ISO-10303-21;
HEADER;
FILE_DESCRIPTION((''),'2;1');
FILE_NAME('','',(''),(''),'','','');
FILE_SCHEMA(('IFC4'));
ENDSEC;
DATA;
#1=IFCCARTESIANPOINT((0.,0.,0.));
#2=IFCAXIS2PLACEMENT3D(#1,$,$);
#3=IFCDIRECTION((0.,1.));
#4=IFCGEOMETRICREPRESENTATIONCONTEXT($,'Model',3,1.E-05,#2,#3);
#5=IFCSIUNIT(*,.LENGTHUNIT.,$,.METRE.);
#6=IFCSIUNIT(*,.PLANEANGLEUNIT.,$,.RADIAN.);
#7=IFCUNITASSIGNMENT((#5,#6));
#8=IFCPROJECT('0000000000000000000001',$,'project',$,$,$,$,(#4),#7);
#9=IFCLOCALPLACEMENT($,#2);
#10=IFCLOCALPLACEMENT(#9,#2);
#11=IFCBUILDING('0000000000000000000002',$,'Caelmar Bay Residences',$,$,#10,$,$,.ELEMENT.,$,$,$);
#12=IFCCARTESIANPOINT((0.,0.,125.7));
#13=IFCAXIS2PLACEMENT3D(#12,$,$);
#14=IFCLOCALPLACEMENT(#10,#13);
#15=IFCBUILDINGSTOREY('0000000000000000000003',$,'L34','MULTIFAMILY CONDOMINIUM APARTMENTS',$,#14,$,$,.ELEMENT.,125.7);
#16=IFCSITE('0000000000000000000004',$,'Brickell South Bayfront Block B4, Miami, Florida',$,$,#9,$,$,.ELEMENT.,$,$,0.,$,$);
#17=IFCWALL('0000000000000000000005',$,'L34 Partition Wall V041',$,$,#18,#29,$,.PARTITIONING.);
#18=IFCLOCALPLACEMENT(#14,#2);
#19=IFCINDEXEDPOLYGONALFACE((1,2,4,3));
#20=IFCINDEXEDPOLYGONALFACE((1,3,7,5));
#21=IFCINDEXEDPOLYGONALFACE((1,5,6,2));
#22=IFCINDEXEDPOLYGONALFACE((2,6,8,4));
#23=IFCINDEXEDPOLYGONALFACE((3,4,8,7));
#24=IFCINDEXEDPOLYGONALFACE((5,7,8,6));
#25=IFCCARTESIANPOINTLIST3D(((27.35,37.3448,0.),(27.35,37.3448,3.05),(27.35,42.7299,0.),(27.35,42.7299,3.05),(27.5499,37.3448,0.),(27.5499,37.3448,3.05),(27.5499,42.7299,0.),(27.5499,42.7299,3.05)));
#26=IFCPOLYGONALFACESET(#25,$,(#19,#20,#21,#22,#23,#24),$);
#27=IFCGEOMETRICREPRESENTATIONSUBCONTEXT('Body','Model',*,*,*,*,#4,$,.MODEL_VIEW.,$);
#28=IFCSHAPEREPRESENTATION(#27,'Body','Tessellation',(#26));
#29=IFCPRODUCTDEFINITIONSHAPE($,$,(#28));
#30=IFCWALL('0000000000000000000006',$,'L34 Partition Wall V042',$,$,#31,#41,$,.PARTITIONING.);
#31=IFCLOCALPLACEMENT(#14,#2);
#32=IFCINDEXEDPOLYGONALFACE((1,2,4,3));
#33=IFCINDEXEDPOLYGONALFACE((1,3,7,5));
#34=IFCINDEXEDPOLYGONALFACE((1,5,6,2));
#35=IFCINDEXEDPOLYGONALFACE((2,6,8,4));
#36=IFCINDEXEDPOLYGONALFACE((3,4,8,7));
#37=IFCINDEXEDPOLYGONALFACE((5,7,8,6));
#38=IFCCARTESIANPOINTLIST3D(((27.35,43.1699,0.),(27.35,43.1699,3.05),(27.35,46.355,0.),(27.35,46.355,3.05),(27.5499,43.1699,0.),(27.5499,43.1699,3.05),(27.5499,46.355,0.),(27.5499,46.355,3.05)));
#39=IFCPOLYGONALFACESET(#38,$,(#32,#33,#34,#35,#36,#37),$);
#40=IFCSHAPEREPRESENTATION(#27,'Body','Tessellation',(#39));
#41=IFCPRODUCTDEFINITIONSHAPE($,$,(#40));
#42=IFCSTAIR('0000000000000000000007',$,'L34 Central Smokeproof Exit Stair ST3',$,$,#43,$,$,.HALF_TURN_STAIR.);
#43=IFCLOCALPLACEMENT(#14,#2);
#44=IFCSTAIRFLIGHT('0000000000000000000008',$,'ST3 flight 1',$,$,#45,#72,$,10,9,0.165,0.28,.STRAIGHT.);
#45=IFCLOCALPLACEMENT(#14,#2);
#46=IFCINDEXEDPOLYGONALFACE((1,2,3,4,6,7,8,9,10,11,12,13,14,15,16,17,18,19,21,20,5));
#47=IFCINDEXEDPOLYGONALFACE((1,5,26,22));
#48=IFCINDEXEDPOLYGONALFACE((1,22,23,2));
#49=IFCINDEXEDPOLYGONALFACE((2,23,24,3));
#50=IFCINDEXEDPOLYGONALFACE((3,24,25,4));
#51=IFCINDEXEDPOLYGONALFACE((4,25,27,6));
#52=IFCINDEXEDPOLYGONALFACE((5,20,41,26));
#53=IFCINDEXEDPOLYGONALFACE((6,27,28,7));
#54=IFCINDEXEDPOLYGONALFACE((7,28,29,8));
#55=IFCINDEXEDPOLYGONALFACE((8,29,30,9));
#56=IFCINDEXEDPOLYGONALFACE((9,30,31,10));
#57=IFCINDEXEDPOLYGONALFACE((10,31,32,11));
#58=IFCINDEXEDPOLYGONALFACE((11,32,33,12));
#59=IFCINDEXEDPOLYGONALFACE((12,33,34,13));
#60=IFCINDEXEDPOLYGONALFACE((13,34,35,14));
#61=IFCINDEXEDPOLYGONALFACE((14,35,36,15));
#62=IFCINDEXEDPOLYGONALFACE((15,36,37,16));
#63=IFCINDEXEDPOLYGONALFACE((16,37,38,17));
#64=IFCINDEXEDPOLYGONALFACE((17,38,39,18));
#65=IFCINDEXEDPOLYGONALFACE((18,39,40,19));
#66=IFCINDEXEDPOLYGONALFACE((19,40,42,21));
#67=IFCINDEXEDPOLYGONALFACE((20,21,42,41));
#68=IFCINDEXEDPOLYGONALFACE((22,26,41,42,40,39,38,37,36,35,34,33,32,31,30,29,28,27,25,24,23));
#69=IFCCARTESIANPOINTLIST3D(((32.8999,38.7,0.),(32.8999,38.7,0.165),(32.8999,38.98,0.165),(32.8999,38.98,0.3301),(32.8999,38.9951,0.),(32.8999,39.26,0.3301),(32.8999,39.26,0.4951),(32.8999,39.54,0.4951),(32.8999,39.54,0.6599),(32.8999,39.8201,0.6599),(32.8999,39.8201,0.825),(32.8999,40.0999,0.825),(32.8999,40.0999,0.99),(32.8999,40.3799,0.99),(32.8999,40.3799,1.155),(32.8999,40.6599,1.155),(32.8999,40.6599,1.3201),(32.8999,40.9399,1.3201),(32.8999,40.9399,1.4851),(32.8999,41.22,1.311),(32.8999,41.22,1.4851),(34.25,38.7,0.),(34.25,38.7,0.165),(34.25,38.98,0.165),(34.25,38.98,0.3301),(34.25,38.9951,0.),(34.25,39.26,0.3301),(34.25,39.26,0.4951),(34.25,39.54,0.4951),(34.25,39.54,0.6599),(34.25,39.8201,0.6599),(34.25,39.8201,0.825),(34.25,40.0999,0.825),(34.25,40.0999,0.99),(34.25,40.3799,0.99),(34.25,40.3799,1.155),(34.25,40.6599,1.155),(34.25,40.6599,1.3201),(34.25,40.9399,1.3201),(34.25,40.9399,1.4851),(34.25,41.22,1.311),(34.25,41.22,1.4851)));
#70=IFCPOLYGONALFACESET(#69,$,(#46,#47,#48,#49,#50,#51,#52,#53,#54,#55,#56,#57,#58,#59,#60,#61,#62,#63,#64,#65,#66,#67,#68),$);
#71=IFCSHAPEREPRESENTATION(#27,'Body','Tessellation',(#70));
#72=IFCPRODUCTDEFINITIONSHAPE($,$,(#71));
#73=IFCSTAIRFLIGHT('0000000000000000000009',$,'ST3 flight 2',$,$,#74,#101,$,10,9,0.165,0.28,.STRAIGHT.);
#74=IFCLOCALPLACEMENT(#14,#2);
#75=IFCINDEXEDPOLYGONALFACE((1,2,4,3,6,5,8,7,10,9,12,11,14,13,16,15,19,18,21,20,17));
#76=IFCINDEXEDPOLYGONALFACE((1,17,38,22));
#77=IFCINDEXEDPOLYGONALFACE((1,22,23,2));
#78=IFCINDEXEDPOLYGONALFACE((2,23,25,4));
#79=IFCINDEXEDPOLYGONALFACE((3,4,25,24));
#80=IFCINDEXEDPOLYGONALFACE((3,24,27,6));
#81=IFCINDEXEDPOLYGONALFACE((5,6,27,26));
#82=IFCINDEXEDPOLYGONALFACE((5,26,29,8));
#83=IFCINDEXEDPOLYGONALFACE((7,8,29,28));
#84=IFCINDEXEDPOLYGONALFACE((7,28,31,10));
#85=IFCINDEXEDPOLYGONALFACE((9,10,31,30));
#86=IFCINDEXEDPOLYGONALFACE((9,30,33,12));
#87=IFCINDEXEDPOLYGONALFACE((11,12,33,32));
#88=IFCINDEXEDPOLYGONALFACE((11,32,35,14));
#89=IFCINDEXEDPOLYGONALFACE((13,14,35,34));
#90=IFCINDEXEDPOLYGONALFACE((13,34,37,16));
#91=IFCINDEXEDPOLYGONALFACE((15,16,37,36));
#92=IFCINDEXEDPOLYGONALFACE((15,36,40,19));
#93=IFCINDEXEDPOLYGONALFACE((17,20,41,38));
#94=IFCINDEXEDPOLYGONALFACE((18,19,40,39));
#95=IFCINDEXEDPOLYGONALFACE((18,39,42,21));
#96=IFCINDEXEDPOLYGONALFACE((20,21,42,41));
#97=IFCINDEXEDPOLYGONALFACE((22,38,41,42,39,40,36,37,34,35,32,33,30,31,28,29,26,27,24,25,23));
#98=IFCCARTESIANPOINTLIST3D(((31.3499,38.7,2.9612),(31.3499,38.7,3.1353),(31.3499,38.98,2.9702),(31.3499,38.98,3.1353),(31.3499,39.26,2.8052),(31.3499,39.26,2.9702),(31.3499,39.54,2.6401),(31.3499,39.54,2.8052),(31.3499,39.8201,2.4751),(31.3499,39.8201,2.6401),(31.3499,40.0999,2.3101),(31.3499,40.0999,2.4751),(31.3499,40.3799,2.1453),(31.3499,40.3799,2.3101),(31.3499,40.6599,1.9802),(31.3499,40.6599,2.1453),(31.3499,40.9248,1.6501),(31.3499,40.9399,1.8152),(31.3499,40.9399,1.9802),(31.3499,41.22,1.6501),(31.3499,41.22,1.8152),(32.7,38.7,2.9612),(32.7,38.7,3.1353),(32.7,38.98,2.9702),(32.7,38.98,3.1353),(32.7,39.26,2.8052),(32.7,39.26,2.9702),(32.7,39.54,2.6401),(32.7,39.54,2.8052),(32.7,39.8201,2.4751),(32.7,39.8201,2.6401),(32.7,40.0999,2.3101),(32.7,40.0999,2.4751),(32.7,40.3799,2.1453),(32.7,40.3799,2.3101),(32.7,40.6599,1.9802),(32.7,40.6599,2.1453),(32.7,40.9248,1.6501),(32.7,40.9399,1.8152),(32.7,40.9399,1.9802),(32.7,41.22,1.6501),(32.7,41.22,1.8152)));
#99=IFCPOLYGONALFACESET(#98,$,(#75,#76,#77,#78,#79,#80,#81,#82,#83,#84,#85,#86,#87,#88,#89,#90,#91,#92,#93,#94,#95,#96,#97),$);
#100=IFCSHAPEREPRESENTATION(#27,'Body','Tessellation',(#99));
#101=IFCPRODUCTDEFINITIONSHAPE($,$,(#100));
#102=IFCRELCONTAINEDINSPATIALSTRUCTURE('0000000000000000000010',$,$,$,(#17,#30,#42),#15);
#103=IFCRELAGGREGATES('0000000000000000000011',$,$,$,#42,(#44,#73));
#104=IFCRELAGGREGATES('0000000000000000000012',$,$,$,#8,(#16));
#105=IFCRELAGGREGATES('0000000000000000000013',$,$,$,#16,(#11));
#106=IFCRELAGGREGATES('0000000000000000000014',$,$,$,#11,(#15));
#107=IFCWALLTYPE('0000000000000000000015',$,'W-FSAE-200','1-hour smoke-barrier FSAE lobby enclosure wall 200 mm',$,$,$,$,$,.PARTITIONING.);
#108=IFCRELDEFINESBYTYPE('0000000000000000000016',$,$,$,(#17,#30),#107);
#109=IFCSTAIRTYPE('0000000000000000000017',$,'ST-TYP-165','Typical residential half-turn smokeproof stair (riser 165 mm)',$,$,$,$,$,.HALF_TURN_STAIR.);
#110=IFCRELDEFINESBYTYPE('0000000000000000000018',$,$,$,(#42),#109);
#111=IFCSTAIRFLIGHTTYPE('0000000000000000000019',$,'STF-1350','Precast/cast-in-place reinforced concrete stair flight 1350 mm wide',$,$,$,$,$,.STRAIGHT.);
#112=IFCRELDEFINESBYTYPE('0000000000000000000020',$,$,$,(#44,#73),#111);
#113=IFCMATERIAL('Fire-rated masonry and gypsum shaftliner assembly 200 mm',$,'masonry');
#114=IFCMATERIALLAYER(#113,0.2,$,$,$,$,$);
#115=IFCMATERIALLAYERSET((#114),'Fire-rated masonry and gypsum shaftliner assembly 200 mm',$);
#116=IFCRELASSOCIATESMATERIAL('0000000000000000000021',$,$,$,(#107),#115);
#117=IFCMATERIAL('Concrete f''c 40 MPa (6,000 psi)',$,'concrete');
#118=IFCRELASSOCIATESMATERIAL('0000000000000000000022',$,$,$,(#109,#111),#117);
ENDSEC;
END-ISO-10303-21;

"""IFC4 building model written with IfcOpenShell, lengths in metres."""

from ifc_helpers import new_model, si_unit, direction, frame, frame_2d, origin, place, context, subcontext, project, spatial, polyline, rectangle, outline, extrude, material, layer, layer_set, type_object, element, aggregate, save


model = new_model("IFC4")

# Units and contexts
model_context = context("Model", 3, precision=1e-05, world=origin(), true_north=direction((0.0, 1.0)))
body_context = subcontext(model_context, "Body", "Model", "MODEL_VIEW")
ifc_project = project(units=[si_unit("LENGTHUNIT", "METRE"), si_unit("PLANEANGLEUNIT", "RADIAN")], contexts=[model_context])

# Site, building, storey
site_placement = place(None, origin())
site = spatial("IfcSite", under=ifc_project, at=site_placement, Name="Brickell South Bayfront Block B4, Miami, Florida", CompositionType="ELEMENT", RefElevation=0.0)
building_placement = place(site_placement, origin())
building = spatial("IfcBuilding", under=site, at=building_placement, Name="Caelmar Bay Residences", CompositionType="ELEMENT")
storey_placement = place(building_placement, frame((0.0, 0.0, 125.7)))
storey = spatial("IfcBuildingStorey", under=building, at=storey_placement, Name="L34", Description="MULTIFAMILY CONDOMINIUM APARTMENTS", CompositionType="ELEMENT", Elevation=125.7)

# Walls
ifc_material_1 = material(Name="Fire-rated masonry and gypsum shaftliner assembly 200 mm", Category="masonry")
ifc_layer_1 = layer(ifc_material_1, 0.2)
ifc_layer_set_1 = layer_set([ifc_layer_1], Name="Fire-rated masonry and gypsum shaftliner assembly 200 mm")
wall_type_1 = type_object("IfcWallType", Name="W-FSAE-200", Description="1-hour smoke-barrier FSAE lobby enclosure wall 200 mm", PredefinedType="PARTITIONING", material=ifc_layer_set_1)
wall_1_placement = place(storey_placement, frame((27.45, 37.345, 0.0), z_axis=(0.0, 0.0, 1.0), x_axis=(0.0, 1.0, 0.0)))
element("IfcWall", 1, at=wall_1_placement, inside=storey, type_object=wall_type_1, Name="L34 Partition Wall V041", PredefinedType="PARTITIONING", context=body_context, shape_type="SweptSolid", body=[
    extrude(rectangle(XDim=5.385, YDim=0.2, at=frame_2d((2.6924, 0.0))), origin(), (0.0, 0.0, 1.0), 3.05),
])
wall_2_placement = place(storey_placement, frame((27.45, 43.1699, 0.0), z_axis=(0.0, 0.0, 1.0), x_axis=(0.0, 1.0, 0.0)))
element("IfcWall", 2, at=wall_2_placement, inside=storey, type_object=wall_type_1, Name="L34 Partition Wall V042", PredefinedType="PARTITIONING", context=body_context, shape_type="SweptSolid", body=[
    extrude(rectangle(XDim=3.1851, YDim=0.2, at=frame_2d((1.5925, 0.0))), origin(), (0.0, 0.0, 1.0), 3.05),
])

# Stair, stair flights
ifc_material_2 = material(Name="Concrete f'c 40 MPa (6,000 psi)", Category="concrete")
stair_type = type_object("IfcStairType", Name="ST-TYP-165", Description="Typical residential half-turn smokeproof stair (riser 165 mm)", PredefinedType="HALF_TURN_STAIR", material=ifc_material_2)
stair_placement = place(storey_placement, origin())
stair = element("IfcStair", 3, at=stair_placement, inside=storey, type_object=stair_type, Name="L34 Central Smokeproof Exit Stair ST3", PredefinedType="HALF_TURN_STAIR")
stair_flight_type = type_object("IfcStairFlightType", Name="STF-1350", Description="Precast/cast-in-place reinforced concrete stair flight 1350 mm wide", PredefinedType="STRAIGHT", material=ifc_material_2)
stair_flight_1_placement = place(storey_placement, frame((33.575, 38.7, 0.0), z_axis=(0.0, 0.0, 1.0), x_axis=(0.0, 1.0, 0.0)))
stair_flight_1 = element("IfcStairFlight", 4, at=stair_flight_1_placement, type_object=stair_flight_type, Name="ST3 flight 1", NumberOfRisers=10, NumberOfTreads=9, PredefinedType="STRAIGHT", RiserHeight=0.165, TreadLength=0.28, context=body_context, shape_type="SweptSolid", body=[
    extrude(outline(polyline([(0.0, 0.0), (0.0, 0.165), (0.28, 0.165), (0.28, 0.3301), (0.5601, 0.3301), (0.5601, 0.4951), (0.8401, 0.4951), (0.8401, 0.6599), (1.1201, 0.6599), (1.1201, 0.825), (1.3999, 0.825), (1.3999, 0.99), (1.6799, 0.99), (1.6799, 1.155), (1.96, 1.155), (1.96, 1.3201), (2.24, 1.3201), (2.24, 1.4851), (2.52, 1.4851), (2.52, 1.6499), (2.52, 1.311), (0.2952, 0.0), (0.0, 0.0)])), frame((0.0, 0.675, 0.0), z_axis=(0.0, -1.0, 0.0), x_axis=(1.0, 0.0, 0.0)), (0.0, 0.0, 1.0), 1.3501),
])
stair_flight_2_placement = place(storey_placement, frame((32.0249, 41.22, 1.6501), z_axis=(0.0, 0.0, 1.0), x_axis=(0.0, -1.0, 0.0)))
stair_flight_2 = element("IfcStairFlight", 5, at=stair_flight_2_placement, type_object=stair_flight_type, Name="ST3 flight 2", NumberOfRisers=10, NumberOfTreads=9, PredefinedType="STRAIGHT", RiserHeight=0.165, TreadLength=0.28, context=body_context, shape_type="SweptSolid", body=[
    extrude(outline(polyline([(0.0, 0.0), (0.0, 0.165), (0.28, 0.165), (0.28, 0.3301), (0.5601, 0.3301), (0.5601, 0.4951), (0.8401, 0.4951), (0.8401, 0.6599), (1.1201, 0.6599), (1.1201, 0.825), (1.3999, 0.825), (1.3999, 0.99), (1.6799, 0.99), (1.6799, 1.155), (1.96, 1.155), (1.96, 1.3201), (2.24, 1.3201), (2.24, 1.4851), (2.52, 1.4851), (2.52, 1.6499), (2.52, 1.311), (0.2952, 0.0), (0.0, 0.0)])), frame((0.0, 0.675, 0.0), z_axis=(0.0, -1.0, 0.0), x_axis=(1.0, 0.0, 0.0)), (0.0, 0.0, 1.0), 1.3501),
])
aggregate(stair, [stair_flight_1, stair_flight_2])

save(model, "model.ifc")
